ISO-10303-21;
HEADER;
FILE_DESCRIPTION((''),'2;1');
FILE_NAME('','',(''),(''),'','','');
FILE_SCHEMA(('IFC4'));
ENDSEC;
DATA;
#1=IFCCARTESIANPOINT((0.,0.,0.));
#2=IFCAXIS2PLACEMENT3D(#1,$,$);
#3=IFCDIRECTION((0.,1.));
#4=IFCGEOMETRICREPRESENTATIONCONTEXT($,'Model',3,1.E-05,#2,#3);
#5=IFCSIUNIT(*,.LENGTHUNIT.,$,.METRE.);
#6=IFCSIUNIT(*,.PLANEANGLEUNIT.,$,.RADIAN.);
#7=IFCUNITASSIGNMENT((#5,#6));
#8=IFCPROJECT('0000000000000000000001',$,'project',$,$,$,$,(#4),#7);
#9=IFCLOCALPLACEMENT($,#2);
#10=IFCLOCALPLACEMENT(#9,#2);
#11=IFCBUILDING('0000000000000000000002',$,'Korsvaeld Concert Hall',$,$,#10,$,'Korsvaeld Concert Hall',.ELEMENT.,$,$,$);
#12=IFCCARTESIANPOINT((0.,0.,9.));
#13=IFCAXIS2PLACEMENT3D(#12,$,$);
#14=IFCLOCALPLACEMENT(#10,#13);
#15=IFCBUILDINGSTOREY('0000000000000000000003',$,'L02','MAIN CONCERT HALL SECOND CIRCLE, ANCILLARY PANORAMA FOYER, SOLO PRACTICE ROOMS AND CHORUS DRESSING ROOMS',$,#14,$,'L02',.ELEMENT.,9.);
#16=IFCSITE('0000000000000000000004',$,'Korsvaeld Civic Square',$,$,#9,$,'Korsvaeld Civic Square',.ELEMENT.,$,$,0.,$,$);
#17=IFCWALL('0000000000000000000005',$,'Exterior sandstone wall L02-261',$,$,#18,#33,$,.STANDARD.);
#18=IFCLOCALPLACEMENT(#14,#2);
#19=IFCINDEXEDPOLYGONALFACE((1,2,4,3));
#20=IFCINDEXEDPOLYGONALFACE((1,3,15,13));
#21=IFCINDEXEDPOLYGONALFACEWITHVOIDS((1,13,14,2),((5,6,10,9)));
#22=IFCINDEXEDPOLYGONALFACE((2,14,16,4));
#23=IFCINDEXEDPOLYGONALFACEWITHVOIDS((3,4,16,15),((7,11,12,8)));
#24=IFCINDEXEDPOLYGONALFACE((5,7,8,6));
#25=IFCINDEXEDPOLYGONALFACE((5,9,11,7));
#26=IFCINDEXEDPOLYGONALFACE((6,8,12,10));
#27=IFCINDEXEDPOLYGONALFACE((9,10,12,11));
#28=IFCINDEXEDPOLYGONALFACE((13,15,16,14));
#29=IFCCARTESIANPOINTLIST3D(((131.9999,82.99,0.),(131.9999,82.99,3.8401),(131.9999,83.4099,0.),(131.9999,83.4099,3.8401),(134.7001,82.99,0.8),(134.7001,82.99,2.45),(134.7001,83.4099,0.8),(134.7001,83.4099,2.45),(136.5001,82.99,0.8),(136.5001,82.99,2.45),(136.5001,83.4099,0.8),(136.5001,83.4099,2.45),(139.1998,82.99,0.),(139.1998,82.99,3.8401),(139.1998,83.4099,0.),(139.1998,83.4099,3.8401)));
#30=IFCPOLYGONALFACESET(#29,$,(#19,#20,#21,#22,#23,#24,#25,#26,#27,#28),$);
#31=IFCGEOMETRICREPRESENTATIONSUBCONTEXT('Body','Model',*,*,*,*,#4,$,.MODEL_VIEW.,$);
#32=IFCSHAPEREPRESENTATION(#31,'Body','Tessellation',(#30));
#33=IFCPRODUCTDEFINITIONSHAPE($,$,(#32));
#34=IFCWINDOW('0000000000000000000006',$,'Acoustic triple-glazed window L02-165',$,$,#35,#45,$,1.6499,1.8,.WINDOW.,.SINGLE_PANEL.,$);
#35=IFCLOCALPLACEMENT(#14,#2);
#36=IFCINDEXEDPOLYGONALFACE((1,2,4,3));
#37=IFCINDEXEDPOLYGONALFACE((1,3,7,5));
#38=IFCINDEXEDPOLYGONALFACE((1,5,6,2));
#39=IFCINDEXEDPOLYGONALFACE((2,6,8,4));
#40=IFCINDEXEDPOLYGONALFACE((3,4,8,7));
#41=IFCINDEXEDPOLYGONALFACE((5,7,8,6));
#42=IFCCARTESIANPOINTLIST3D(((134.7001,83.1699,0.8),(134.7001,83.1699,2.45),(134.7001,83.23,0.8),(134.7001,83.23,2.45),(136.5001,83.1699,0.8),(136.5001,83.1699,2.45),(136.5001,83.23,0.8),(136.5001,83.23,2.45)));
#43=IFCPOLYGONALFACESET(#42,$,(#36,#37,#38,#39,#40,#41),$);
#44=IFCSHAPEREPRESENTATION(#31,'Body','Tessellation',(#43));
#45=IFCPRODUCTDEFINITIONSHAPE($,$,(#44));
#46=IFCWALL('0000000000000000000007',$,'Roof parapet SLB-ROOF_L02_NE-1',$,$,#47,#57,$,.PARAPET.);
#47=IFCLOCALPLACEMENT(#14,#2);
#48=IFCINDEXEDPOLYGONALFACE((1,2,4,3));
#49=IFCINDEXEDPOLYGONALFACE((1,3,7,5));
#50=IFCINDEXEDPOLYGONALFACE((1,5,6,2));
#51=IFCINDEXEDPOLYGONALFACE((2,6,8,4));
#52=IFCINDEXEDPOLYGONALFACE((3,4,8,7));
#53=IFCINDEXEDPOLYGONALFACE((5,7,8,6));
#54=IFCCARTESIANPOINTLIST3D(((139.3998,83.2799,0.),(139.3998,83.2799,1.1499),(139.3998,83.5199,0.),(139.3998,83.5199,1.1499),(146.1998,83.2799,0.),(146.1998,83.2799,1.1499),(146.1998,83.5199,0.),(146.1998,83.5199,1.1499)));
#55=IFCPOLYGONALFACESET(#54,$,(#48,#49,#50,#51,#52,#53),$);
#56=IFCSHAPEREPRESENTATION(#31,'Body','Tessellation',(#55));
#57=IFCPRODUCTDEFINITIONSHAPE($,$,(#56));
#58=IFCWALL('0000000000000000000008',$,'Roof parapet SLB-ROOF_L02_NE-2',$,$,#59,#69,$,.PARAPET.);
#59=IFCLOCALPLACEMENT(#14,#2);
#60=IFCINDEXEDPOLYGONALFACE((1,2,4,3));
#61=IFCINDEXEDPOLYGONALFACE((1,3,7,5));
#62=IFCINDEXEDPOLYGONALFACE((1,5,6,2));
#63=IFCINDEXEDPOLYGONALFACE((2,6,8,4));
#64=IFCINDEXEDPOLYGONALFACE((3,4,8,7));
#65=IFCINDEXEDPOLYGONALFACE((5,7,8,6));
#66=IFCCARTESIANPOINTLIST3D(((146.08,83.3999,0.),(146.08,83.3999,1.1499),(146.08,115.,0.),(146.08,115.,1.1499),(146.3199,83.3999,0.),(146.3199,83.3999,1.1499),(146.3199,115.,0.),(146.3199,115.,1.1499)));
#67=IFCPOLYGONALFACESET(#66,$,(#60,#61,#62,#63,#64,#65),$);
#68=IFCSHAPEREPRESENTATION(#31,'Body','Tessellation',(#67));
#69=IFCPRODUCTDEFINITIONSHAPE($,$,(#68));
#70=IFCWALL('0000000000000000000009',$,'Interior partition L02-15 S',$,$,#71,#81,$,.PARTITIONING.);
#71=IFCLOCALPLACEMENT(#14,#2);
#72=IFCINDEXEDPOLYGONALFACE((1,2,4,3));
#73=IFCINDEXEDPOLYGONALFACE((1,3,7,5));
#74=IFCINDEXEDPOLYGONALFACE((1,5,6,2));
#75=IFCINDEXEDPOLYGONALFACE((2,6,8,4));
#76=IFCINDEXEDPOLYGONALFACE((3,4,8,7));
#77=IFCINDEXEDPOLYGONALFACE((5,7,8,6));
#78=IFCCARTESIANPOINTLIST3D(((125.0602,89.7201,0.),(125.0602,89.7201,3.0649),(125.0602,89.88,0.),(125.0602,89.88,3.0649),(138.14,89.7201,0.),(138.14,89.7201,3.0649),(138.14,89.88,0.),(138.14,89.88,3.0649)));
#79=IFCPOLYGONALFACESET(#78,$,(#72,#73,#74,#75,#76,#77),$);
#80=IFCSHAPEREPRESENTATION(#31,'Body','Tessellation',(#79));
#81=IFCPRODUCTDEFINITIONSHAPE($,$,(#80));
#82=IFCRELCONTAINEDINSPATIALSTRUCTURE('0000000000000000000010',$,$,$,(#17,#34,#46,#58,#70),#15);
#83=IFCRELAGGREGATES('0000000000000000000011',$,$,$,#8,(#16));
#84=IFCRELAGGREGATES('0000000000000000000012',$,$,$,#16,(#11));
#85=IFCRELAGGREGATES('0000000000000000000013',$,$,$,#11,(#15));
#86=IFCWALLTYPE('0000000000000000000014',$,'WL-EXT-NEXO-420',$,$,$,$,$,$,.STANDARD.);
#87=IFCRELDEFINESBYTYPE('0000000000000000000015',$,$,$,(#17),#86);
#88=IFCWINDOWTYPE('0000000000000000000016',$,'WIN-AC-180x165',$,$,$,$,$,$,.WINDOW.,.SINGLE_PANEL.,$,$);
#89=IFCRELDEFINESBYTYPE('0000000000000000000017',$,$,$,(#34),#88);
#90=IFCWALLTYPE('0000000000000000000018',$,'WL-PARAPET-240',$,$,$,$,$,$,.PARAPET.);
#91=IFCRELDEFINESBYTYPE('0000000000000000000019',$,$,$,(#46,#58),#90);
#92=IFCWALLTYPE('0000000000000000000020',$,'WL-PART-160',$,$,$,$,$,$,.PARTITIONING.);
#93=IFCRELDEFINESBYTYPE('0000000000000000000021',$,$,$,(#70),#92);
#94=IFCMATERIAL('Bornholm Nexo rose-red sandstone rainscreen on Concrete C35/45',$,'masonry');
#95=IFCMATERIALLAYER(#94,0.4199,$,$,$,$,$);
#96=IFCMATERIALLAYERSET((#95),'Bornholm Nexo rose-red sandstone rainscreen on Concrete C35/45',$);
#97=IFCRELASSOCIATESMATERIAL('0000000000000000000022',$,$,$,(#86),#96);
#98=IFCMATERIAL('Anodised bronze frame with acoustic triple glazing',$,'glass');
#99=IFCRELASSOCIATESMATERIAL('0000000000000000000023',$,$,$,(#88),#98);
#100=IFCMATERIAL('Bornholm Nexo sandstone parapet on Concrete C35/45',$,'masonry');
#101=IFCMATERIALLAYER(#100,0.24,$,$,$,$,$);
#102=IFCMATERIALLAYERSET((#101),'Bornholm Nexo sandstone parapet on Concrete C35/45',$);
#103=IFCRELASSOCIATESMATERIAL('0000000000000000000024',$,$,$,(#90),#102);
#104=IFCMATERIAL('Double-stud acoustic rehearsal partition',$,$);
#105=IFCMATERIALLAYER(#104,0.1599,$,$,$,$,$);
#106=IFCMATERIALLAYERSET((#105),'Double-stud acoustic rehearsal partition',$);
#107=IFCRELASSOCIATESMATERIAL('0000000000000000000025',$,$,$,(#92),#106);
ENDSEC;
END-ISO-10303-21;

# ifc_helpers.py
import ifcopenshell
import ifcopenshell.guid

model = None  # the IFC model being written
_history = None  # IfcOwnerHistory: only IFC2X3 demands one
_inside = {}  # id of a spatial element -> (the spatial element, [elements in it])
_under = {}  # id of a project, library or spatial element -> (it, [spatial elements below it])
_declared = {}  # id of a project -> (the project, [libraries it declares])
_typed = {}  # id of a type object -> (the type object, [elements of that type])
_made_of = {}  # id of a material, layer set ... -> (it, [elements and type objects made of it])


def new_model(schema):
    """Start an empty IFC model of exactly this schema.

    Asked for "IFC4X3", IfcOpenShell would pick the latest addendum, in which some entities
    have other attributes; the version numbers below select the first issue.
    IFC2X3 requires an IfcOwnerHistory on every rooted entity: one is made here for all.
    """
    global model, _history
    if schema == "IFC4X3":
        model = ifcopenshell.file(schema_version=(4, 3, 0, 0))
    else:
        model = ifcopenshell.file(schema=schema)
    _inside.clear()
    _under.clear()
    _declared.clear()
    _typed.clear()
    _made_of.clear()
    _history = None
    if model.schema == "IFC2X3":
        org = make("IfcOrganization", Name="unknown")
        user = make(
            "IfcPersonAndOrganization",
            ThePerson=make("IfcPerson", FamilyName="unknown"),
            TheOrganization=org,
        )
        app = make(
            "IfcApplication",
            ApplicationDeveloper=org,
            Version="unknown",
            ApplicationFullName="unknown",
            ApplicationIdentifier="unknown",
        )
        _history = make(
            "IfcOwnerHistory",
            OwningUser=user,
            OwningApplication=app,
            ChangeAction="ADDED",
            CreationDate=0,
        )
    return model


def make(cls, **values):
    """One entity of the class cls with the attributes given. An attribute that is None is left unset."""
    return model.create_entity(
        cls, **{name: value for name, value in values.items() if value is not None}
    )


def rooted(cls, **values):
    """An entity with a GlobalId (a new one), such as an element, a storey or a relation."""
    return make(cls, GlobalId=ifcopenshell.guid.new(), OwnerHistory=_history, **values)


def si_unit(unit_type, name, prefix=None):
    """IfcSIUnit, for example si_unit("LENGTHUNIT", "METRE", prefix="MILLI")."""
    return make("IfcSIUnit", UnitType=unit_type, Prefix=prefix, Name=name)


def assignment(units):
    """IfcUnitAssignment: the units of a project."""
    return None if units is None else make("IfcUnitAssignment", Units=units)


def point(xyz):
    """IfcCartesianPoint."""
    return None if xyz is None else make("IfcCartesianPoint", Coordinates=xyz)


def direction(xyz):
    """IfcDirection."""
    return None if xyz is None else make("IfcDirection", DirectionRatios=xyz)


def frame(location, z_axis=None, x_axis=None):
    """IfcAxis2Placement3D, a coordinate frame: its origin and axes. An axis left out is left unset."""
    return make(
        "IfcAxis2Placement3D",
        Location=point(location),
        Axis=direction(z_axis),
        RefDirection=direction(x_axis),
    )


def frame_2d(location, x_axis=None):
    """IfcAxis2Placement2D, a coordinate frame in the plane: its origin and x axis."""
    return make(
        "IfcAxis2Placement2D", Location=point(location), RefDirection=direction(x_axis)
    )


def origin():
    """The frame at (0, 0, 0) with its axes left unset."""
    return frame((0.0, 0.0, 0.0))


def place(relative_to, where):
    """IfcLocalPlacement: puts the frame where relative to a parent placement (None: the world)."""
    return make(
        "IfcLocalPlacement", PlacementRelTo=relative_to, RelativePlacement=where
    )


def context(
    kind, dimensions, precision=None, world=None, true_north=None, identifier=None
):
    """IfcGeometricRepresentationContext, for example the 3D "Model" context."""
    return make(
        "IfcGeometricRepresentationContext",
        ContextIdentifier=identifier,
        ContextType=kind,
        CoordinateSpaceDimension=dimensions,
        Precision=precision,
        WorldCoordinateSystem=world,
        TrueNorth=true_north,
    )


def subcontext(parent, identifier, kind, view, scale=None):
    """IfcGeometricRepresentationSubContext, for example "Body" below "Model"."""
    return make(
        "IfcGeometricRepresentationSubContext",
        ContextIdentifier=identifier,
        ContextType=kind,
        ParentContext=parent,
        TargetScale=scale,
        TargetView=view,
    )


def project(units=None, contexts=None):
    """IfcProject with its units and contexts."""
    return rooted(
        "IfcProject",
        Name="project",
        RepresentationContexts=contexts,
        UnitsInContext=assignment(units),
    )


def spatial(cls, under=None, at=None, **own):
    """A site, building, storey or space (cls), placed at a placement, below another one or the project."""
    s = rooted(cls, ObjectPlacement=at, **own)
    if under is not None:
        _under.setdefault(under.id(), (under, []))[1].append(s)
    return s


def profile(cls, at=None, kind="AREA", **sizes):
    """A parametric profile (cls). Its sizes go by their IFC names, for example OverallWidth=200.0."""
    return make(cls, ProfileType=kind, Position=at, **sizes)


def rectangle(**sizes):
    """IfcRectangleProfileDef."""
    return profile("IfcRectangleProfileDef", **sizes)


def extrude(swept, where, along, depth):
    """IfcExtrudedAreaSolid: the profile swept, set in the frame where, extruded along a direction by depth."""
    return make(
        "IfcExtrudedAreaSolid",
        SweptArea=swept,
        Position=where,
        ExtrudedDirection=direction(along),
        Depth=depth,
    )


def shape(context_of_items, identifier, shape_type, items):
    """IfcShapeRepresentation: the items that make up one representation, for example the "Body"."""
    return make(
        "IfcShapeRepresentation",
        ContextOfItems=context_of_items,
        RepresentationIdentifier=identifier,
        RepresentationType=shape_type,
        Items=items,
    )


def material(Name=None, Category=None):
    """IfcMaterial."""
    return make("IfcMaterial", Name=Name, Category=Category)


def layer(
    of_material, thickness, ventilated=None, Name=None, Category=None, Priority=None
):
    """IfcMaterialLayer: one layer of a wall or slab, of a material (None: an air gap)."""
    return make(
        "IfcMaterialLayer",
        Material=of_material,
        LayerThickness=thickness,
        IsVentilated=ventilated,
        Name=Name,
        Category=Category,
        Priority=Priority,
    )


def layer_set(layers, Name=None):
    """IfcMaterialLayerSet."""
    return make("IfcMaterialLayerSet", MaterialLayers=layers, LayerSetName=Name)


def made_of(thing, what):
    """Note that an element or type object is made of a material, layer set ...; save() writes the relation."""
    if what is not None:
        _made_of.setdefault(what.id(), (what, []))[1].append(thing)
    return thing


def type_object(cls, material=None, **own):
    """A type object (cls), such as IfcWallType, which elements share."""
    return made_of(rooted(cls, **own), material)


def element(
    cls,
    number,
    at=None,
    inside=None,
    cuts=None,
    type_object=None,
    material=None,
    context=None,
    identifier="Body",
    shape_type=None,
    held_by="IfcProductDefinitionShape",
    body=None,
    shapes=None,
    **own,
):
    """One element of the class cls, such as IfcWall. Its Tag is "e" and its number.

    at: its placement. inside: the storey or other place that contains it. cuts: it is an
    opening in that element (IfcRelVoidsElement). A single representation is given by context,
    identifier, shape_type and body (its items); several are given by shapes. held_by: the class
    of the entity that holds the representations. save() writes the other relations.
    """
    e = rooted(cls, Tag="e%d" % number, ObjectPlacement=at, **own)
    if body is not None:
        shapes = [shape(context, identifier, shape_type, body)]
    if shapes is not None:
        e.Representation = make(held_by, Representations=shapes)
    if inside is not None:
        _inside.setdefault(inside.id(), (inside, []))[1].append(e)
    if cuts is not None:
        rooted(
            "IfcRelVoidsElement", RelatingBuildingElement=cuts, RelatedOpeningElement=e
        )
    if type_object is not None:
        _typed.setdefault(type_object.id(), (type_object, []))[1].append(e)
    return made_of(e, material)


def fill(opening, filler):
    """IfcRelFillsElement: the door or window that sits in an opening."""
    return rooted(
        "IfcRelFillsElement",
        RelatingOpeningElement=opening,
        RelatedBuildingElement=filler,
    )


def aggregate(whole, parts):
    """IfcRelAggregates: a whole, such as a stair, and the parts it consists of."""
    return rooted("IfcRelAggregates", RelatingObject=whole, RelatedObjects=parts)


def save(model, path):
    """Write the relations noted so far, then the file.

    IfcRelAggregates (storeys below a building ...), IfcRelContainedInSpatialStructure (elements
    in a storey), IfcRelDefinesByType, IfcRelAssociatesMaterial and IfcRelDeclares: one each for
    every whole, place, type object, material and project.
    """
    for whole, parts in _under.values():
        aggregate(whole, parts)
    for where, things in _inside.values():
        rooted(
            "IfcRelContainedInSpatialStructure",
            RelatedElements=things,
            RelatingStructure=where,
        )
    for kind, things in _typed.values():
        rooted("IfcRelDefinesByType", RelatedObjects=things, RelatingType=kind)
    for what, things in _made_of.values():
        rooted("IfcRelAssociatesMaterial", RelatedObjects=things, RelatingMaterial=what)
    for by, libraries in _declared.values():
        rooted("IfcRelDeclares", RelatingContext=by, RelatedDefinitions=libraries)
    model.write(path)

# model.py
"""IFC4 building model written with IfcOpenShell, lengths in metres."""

from ifc_helpers import new_model, si_unit, direction, frame, frame_2d, origin, place, context, subcontext, project, spatial, rectangle, extrude, material, layer, layer_set, type_object, element, fill, save


model = new_model("IFC4")

# Units and contexts
model_context = context("Model", 3, precision=1e-05, world=origin(), true_north=direction((0.0, 1.0)))
body_context = subcontext(model_context, "Body", "Model", "MODEL_VIEW")
ifc_project = project(units=[si_unit("LENGTHUNIT", "METRE"), si_unit("PLANEANGLEUNIT", "RADIAN")], contexts=[model_context])

# Site, building, storey
site_placement = place(None, origin())
site = spatial("IfcSite", under=ifc_project, at=site_placement, Name="Korsvaeld Civic Square", LongName="Korsvaeld Civic Square", CompositionType="ELEMENT", RefElevation=0.0)
building_placement = place(site_placement, origin())
building = spatial("IfcBuilding", under=site, at=building_placement, Name="Korsvaeld Concert Hall", LongName="Korsvaeld Concert Hall", CompositionType="ELEMENT")
storey_placement = place(building_placement, frame((0.0, 0.0, 9.0)))
storey = spatial("IfcBuildingStorey", under=building, at=storey_placement, Name="L02", Description="MAIN CONCERT HALL SECOND CIRCLE, ANCILLARY PANORAMA FOYER, SOLO PRACTICE ROOMS AND CHORUS DRESSING ROOMS", LongName="L02", CompositionType="ELEMENT", Elevation=9.0)

# Wall, opening, window
ifc_material_1 = material(Name="Anodised bronze frame with acoustic triple glazing", Category="glass")
ifc_material_2 = material(Name="Bornholm Nexo rose-red sandstone rainscreen on Concrete C35/45", Category="masonry")
ifc_layer_1 = layer(ifc_material_2, 0.4199)
ifc_layer_set_1 = layer_set([ifc_layer_1], Name="Bornholm Nexo rose-red sandstone rainscreen on Concrete C35/45")
wall_type_1 = type_object("IfcWallType", Name="WL-EXT-NEXO-420", PredefinedType="STANDARD", material=ifc_layer_set_1)
wall_1_placement = place(storey_placement, frame((139.2, 83.2, 0.0), z_axis=(0.0, 0.0, 1.0), x_axis=(-1.0, 0.0, 0.0)))
wall_1 = element("IfcWall", 1, at=wall_1_placement, inside=storey, type_object=wall_type_1, Name="Exterior sandstone wall L02-261", PredefinedType="STANDARD", context=body_context, shape_type="SweptSolid", body=[
    extrude(rectangle(XDim=7.2, YDim=0.4199, at=frame_2d((3.6001, 0.0))), origin(), (0.0, 0.0, 1.0), 3.8401),
])
opening_1_placement = place(wall_1_placement, frame((2.7, 0.0, 0.8)))
opening_1 = element("IfcOpeningElement", 2, at=opening_1_placement, cuts=wall_1, PredefinedType="OPENING", context=body_context, shape_type="SweptSolid", body=[
    extrude(rectangle(XDim=1.8, YDim=1.6499, at=frame_2d((0.8999, 0.825))), frame((0.0, 0.22, 0.0), z_axis=(0.0, -1.0, 0.0), x_axis=(1.0, 0.0, 0.0)), (0.0, 0.0, 1.0), 0.4399),
])
window_type_1 = type_object("IfcWindowType", Name="WIN-AC-180x165", PartitioningType="SINGLE_PANEL", PredefinedType="WINDOW", material=ifc_material_1)
window_1_placement = place(opening_1_placement, origin())
window_1 = element("IfcWindow", 3, at=window_1_placement, inside=storey, type_object=window_type_1, Name="Acoustic triple-glazed window L02-165", OverallHeight=1.6499, OverallWidth=1.8, PartitioningType="SINGLE_PANEL", PredefinedType="WINDOW", context=body_context, shape_type="SweptSolid", body=[
    extrude(rectangle(XDim=1.8, YDim=1.6499, at=frame_2d((0.8999, 0.825))), frame((0.0, 0.03, 0.0), z_axis=(0.0, -1.0, 0.0), x_axis=(1.0, 0.0, 0.0)), (0.0, 0.0, 1.0), 0.0601),
])
fill(opening_1, window_1)

# Walls
ifc_material_3 = material(Name="Bornholm Nexo sandstone parapet on Concrete C35/45", Category="masonry")
ifc_layer_2 = layer(ifc_material_3, 0.24)
ifc_layer_set_2 = layer_set([ifc_layer_2], Name="Bornholm Nexo sandstone parapet on Concrete C35/45")
wall_type_2 = type_object("IfcWallType", Name="WL-PARAPET-240", PredefinedType="PARAPET", material=ifc_layer_set_2)
wall_2_placement = place(storey_placement, frame((139.3999, 83.3999, 0.0), z_axis=(0.0, 0.0, 1.0), x_axis=(1.0, 0.0, 0.0)))
element("IfcWall", 4, at=wall_2_placement, inside=storey, type_object=wall_type_2, Name="Roof parapet SLB-ROOF_L02_NE-1", PredefinedType="PARAPET", context=body_context, shape_type="SweptSolid", body=[
    extrude(rectangle(XDim=6.8, YDim=0.24, at=frame_2d((3.3999, 0.0))), origin(), (0.0, 0.0, 1.0), 1.1499),
])
wall_3_placement = place(storey_placement, frame((146.2, 83.3999, 0.0), z_axis=(0.0, 0.0, 1.0), x_axis=(0.0, 1.0, 0.0)))
element("IfcWall", 5, at=wall_3_placement, inside=storey, type_object=wall_type_2, Name="Roof parapet SLB-ROOF_L02_NE-2", PredefinedType="PARAPET", context=body_context, shape_type="SweptSolid", body=[
    extrude(rectangle(XDim=31.6001, YDim=0.24, at=frame_2d((15.8, 0.0))), origin(), (0.0, 0.0, 1.0), 1.1499),
])
ifc_material_4 = material(Name="Double-stud acoustic rehearsal partition")
ifc_layer_3 = layer(ifc_material_4, 0.1599)
ifc_layer_set_3 = layer_set([ifc_layer_3], Name="Double-stud acoustic rehearsal partition")
wall_type_3 = type_object("IfcWallType", Name="WL-PART-160", PredefinedType="PARTITIONING", material=ifc_layer_set_3)
wall_4_placement = place(storey_placement, frame((125.0601, 89.8, 0.0), z_axis=(0.0, 0.0, 1.0), x_axis=(1.0, 0.0, 0.0)))
element("IfcWall", 6, at=wall_4_placement, inside=storey, type_object=wall_type_3, Name="Interior partition L02-15 S", PredefinedType="PARTITIONING", context=body_context, shape_type="SweptSolid", body=[
    extrude(rectangle(XDim=13.0798, YDim=0.1599, at=frame_2d((6.54, 0.0))), origin(), (0.0, 0.0, 1.0), 3.0649),
])

save(model, "model.ifc")
